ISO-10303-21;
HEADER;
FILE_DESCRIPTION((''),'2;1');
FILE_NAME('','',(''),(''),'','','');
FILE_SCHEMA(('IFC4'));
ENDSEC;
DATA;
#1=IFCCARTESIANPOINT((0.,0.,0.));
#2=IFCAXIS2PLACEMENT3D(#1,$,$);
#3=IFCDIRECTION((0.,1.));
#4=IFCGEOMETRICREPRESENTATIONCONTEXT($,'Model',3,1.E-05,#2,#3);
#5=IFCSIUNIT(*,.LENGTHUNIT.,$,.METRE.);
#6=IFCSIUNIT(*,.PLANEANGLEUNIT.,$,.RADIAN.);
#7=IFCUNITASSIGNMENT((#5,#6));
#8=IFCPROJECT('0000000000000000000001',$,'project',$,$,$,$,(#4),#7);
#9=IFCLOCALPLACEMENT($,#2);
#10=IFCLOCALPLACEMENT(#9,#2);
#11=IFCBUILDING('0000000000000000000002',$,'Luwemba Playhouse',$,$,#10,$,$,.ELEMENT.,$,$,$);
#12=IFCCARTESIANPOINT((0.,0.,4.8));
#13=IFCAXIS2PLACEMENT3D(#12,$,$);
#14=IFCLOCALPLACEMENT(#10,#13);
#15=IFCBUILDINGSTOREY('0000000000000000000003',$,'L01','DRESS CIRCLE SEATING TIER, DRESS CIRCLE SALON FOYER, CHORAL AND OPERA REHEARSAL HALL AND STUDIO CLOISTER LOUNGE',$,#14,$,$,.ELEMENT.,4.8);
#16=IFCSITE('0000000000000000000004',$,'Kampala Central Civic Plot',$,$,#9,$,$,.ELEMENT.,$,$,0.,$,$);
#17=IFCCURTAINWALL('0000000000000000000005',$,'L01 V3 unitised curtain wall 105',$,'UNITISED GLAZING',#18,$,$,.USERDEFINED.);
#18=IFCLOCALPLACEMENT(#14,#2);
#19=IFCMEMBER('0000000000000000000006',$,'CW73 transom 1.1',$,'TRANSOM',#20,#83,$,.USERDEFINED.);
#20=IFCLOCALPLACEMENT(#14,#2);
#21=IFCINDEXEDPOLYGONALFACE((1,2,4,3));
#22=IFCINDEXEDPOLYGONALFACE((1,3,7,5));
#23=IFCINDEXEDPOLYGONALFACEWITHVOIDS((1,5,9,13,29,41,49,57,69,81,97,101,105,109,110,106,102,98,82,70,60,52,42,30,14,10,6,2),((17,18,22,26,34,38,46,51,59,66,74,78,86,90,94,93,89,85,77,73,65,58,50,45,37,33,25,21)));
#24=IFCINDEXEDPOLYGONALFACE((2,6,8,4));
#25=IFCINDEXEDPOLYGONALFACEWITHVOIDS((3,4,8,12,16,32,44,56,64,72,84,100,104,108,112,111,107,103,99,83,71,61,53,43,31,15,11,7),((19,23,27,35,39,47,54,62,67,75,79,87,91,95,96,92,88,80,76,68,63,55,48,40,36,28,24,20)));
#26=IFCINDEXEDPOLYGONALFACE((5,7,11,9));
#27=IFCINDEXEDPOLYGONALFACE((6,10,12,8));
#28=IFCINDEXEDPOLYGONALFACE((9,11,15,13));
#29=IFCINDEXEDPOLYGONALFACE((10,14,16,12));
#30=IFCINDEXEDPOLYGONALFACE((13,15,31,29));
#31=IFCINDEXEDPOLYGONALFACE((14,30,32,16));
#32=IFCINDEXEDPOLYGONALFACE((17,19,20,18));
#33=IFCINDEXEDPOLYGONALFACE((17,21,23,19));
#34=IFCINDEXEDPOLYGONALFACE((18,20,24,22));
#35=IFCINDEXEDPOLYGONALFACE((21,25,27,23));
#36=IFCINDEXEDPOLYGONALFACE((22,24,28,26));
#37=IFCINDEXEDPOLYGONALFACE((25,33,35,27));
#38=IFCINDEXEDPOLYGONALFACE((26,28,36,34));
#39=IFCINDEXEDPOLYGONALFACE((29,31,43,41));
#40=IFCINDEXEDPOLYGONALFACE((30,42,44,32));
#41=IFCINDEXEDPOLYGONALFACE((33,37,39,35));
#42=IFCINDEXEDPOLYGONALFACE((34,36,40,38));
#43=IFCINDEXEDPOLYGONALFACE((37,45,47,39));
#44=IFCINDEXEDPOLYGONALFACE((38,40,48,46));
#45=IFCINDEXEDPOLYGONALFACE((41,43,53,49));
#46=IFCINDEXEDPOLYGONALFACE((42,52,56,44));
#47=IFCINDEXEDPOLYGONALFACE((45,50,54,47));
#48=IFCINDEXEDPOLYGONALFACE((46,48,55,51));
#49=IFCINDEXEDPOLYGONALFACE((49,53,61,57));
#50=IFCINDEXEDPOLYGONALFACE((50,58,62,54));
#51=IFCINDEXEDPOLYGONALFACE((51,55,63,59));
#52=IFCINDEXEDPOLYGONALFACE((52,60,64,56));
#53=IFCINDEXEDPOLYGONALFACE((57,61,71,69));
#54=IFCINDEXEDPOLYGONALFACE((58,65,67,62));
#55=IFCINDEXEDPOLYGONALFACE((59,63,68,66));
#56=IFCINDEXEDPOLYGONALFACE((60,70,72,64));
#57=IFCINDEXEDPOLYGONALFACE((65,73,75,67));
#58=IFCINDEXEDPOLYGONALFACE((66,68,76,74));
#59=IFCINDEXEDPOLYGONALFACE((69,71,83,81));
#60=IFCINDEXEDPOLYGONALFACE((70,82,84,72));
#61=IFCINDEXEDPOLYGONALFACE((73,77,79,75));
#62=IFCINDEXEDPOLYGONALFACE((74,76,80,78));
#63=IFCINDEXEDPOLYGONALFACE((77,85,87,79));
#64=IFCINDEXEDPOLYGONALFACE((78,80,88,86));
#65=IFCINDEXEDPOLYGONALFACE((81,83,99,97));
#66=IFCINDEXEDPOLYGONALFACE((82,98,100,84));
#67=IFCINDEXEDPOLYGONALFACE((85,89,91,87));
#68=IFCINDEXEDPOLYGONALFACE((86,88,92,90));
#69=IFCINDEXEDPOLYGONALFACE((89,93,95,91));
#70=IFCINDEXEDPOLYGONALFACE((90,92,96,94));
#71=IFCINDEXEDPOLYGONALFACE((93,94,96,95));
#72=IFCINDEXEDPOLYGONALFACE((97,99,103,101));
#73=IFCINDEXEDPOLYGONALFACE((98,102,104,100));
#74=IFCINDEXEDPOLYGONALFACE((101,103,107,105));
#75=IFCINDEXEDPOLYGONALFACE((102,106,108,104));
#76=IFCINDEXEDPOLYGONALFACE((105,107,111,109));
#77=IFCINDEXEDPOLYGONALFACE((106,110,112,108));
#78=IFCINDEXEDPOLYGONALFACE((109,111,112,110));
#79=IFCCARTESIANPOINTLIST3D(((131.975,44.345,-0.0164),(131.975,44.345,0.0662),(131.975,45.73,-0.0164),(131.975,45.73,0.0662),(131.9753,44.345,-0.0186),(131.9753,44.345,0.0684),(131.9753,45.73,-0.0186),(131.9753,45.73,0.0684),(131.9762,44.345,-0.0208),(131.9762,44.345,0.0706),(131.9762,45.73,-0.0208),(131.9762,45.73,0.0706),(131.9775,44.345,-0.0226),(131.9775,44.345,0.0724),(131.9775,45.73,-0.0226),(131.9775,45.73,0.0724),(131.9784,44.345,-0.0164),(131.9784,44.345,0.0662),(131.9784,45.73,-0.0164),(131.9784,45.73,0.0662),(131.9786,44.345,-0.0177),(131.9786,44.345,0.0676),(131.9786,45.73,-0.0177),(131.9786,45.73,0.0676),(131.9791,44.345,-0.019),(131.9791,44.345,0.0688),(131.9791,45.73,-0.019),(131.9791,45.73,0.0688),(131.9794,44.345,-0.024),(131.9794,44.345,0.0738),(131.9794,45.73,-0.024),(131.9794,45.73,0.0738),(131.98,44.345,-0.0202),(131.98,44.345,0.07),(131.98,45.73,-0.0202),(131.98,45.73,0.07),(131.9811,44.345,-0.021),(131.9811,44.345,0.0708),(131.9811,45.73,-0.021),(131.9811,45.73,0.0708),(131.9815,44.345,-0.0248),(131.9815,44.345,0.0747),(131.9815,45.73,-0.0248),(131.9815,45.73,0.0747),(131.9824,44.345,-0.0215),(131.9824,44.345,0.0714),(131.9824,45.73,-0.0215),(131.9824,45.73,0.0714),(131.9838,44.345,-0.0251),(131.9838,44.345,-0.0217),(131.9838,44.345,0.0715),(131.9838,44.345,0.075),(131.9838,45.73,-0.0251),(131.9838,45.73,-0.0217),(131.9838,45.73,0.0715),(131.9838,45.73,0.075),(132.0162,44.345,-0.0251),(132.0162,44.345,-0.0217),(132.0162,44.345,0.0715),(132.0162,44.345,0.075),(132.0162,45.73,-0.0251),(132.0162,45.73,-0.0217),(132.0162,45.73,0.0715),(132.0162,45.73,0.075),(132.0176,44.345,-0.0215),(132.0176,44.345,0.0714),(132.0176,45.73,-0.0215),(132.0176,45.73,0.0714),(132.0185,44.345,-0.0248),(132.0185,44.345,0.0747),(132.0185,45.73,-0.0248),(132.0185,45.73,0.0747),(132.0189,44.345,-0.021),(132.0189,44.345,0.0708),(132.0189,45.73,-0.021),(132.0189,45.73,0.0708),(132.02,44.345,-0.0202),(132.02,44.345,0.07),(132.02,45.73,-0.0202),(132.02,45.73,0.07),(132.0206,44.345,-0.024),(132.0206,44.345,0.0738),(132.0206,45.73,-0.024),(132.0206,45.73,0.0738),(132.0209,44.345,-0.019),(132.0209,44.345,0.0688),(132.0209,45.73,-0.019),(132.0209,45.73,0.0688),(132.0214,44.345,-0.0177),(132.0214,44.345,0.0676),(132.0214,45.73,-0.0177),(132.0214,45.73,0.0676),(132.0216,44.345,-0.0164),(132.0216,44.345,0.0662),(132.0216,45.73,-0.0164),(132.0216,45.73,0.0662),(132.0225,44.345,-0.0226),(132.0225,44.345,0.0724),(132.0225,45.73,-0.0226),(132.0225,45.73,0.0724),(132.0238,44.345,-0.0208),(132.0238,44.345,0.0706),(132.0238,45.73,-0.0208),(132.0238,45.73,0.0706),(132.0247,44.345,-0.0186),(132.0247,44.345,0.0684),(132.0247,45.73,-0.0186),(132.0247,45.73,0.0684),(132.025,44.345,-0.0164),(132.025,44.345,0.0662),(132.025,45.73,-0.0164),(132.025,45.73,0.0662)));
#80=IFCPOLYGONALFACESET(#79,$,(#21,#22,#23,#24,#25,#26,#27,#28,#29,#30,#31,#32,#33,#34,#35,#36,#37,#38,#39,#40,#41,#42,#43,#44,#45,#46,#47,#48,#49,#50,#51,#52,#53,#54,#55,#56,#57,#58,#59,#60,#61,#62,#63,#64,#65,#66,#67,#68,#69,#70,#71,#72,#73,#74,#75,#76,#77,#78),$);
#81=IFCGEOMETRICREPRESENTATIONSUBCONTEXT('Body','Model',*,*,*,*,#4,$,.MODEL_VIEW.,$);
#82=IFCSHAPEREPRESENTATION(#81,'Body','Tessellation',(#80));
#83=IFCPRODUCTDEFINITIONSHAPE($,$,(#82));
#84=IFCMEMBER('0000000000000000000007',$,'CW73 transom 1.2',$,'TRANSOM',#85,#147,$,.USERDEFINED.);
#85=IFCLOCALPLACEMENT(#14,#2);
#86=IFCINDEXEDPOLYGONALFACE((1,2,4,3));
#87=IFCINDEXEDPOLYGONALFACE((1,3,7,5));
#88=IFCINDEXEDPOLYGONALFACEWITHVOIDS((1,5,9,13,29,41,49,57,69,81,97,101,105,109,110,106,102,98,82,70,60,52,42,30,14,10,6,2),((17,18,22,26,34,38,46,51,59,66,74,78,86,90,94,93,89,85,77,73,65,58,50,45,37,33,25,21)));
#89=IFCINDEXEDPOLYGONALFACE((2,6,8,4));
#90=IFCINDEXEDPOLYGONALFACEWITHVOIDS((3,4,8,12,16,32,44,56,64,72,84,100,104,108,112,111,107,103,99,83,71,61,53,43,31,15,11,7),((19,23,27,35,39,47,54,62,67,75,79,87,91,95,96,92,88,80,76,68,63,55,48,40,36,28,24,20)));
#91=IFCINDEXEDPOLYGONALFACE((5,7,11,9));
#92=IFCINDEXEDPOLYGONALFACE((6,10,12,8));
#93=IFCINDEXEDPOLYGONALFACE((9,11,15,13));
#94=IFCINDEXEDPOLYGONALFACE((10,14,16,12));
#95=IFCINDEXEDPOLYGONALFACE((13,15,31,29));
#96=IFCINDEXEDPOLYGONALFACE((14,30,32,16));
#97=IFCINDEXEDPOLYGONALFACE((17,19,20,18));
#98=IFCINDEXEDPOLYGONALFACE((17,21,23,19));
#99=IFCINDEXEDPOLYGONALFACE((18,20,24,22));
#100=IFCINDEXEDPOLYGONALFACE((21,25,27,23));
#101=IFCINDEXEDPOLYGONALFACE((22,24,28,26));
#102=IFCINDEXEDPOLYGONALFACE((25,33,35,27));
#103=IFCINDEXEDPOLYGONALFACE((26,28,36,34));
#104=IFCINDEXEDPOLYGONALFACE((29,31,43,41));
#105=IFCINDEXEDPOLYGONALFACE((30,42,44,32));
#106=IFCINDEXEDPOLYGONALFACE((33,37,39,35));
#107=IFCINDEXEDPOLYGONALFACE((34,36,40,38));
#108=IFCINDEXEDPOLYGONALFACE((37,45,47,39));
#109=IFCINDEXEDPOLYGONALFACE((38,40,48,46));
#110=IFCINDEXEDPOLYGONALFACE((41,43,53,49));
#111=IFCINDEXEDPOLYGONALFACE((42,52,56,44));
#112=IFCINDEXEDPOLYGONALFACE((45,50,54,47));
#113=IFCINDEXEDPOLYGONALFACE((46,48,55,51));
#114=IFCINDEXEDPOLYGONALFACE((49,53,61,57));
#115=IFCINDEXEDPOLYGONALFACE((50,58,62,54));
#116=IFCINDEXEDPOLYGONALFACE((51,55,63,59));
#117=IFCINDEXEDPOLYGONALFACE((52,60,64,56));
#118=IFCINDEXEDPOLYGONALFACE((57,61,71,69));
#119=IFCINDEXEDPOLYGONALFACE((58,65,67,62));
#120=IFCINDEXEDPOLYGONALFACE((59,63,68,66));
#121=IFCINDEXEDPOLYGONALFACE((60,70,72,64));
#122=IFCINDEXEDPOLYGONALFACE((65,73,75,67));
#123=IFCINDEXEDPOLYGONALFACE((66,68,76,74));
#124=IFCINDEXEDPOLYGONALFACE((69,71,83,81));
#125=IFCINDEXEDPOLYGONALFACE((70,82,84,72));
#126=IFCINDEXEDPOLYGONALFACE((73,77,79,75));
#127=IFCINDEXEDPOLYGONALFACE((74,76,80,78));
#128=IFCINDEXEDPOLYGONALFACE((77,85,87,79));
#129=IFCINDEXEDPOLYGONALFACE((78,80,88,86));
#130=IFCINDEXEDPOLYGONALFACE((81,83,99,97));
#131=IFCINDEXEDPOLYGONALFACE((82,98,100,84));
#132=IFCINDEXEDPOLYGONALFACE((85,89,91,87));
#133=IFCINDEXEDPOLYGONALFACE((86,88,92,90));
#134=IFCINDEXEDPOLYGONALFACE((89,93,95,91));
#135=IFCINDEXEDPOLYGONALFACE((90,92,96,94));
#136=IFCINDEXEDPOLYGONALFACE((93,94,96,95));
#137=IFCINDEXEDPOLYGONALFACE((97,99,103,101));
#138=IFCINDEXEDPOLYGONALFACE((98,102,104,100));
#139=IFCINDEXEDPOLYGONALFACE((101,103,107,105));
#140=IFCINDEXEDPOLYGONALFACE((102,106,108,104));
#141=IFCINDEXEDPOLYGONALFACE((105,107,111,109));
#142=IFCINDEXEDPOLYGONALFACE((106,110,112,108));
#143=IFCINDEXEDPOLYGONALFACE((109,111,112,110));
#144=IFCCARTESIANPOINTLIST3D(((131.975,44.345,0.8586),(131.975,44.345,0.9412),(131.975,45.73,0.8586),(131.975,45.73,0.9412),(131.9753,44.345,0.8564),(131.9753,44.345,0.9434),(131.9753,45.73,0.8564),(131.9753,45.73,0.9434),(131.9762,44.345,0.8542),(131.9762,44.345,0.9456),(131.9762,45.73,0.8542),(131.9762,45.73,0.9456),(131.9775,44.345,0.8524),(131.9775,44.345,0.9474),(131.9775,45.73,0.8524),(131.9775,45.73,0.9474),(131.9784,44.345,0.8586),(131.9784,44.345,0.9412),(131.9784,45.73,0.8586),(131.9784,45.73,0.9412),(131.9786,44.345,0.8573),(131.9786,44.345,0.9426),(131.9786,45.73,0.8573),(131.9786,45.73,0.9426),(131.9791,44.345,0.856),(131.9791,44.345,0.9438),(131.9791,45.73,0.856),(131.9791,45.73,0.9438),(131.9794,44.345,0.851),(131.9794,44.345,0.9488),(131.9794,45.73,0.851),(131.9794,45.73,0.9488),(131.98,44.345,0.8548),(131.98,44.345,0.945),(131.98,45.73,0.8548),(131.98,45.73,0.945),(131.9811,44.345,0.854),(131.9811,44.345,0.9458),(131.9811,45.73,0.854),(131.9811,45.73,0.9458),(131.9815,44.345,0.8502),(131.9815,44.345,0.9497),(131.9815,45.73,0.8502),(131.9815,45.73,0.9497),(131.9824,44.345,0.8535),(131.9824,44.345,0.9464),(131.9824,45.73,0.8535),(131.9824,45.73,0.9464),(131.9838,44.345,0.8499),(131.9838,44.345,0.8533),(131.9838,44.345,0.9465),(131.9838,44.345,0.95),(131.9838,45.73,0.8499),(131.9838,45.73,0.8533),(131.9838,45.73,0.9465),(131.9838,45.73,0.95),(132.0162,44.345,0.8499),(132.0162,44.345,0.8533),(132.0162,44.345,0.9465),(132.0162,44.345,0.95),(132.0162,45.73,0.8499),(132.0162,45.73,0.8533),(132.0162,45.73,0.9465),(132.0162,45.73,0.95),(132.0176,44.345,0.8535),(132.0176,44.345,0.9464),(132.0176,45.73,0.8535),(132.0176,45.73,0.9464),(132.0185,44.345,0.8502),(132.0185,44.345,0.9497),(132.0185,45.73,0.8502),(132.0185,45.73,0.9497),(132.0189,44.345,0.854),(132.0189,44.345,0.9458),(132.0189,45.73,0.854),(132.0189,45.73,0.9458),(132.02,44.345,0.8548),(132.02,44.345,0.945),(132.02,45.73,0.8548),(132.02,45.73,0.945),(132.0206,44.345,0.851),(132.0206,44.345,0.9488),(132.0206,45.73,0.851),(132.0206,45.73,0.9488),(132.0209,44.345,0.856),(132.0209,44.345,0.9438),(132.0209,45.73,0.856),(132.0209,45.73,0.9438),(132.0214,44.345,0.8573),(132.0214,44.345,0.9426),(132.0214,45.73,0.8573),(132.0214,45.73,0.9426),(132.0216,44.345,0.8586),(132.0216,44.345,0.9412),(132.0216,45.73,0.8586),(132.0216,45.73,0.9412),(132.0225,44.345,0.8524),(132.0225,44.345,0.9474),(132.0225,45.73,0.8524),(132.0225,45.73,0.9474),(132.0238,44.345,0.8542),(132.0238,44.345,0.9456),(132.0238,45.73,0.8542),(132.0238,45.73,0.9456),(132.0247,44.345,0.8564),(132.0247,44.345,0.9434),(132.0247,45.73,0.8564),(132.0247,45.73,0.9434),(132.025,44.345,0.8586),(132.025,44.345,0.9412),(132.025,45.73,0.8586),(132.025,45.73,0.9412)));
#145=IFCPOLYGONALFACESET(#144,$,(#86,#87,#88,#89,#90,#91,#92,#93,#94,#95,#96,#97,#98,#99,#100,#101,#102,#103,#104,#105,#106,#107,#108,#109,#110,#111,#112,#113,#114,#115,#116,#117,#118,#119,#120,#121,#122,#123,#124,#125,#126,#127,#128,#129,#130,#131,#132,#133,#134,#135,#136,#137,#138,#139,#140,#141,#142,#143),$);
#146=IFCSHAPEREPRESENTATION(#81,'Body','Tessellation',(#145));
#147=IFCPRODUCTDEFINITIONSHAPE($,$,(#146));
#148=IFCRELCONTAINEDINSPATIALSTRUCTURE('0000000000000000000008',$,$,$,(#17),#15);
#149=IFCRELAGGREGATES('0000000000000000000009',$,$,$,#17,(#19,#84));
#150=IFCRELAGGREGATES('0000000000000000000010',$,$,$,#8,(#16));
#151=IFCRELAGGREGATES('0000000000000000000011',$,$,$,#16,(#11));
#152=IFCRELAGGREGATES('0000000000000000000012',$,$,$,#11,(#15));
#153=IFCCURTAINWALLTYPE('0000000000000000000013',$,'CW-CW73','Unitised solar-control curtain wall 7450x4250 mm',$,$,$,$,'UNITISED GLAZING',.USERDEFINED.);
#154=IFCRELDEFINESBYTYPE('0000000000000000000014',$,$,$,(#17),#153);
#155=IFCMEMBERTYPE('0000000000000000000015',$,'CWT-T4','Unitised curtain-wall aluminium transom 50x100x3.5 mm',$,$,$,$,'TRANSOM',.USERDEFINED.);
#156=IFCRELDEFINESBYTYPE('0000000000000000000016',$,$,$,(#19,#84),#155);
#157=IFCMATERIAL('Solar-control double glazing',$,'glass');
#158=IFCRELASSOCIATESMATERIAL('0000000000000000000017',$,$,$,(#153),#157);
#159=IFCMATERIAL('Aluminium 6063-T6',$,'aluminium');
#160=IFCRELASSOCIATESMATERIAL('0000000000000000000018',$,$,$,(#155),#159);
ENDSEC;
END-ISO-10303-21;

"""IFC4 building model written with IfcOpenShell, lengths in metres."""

from ifc_helpers import new_model, si_unit, direction, frame, origin, origin_2d, place, context, subcontext, project, spatial, hollow_rectangle, extrude, material, material_profile, profile_set, type_object, element, aggregate, save


model = new_model("IFC4")

# Units and contexts
model_context = context("Model", 3, precision=1e-05, world=origin(), true_north=direction((0.0, 1.0)))
body_context = subcontext(model_context, "Body", "Model", "MODEL_VIEW")
ifc_project = project(units=[si_unit("LENGTHUNIT", "METRE"), si_unit("PLANEANGLEUNIT", "RADIAN")], contexts=[model_context])

# Site, building, storey
site_placement = place(None, origin())
site = spatial("IfcSite", under=ifc_project, at=site_placement, Name="Kampala Central Civic Plot", CompositionType="ELEMENT", RefElevation=0.0)
building_placement = place(site_placement, origin())
building = spatial("IfcBuilding", under=site, at=building_placement, Name="Luwemba Playhouse", CompositionType="ELEMENT")
storey_placement = place(building_placement, frame((0.0, 0.0, 4.8)))
storey = spatial("IfcBuildingStorey", under=building, at=storey_placement, Name="L01", Description="DRESS CIRCLE SEATING TIER, DRESS CIRCLE SALON FOYER, CHORAL AND OPERA REHEARSAL HALL AND STUDIO CLOISTER LOUNGE", CompositionType="ELEMENT", Elevation=4.8)

# Curtain wall, members
ifc_material_1 = material(Name="Solar-control double glazing", Category="glass")
curtain_wall_type = type_object("IfcCurtainWallType", Name="CW-CW73", Description="Unitised solar-control curtain wall 7450x4250 mm", ElementType="UNITISED GLAZING", PredefinedType="USERDEFINED", material=ifc_material_1)
curtain_wall_placement = place(storey_placement, origin())
curtain_wall = element("IfcCurtainWall", 1, at=curtain_wall_placement, inside=storey, type_object=curtain_wall_type, Name="L01 V3 unitised curtain wall 105", ObjectType="UNITISED GLAZING", PredefinedType="USERDEFINED")
ifc_material_2 = material(Name="Aluminium 6063-T6", Category="aluminium")
ifc_material_profile_1 = material_profile(ifc_material_2, hollow_rectangle(XDim=0.05, YDim=0.1001, WallThickness=0.0034, InnerFilletRadius=0.0054, OuterFilletRadius=0.0088, at=origin_2d()))
ifc_profile_set_1 = profile_set([ifc_material_profile_1], Name="Aluminium 6063-T6")
member_type_1 = type_object("IfcMemberType", Name="CWT-T4", Description="Unitised curtain-wall aluminium transom 50x100x3.5 mm", ElementType="TRANSOM", PredefinedType="USERDEFINED", material=ifc_profile_set_1)
member_1_placement = place(storey_placement, frame((132.0, 44.345, 0.0249), z_axis=(0.0, 1.0, 0.0), x_axis=(-1.0, 0.0, 0.0)))
member_1 = element("IfcMember", 2, at=member_1_placement, type_object=member_type_1, Name="CW73 transom 1.1", ObjectType="TRANSOM", PredefinedType="USERDEFINED", context=body_context, shape_type="SweptSolid", body=[
    extrude(hollow_rectangle(XDim=0.05, YDim=0.1001, WallThickness=0.0034, InnerFilletRadius=0.0054, OuterFilletRadius=0.0088, at=origin_2d()), origin(), (0.0, 0.0, 1.0), 1.385),
])
member_2_placement = place(storey_placement, frame((132.0, 44.345, 0.8999), z_axis=(0.0, 1.0, 0.0), x_axis=(-1.0, 0.0, 0.0)))
member_2 = element("IfcMember", 3, at=member_2_placement, type_object=member_type_1, Name="CW73 transom 1.2", ObjectType="TRANSOM", PredefinedType="USERDEFINED", context=body_context, shape_type="SweptSolid", body=[
    extrude(hollow_rectangle(XDim=0.05, YDim=0.1001, WallThickness=0.0034, InnerFilletRadius=0.0054, OuterFilletRadius=0.0088, at=origin_2d()), origin(), (0.0, 0.0, 1.0), 1.385),
])
aggregate(curtain_wall, [member_1, member_2])

save(model, "model.ifc")
